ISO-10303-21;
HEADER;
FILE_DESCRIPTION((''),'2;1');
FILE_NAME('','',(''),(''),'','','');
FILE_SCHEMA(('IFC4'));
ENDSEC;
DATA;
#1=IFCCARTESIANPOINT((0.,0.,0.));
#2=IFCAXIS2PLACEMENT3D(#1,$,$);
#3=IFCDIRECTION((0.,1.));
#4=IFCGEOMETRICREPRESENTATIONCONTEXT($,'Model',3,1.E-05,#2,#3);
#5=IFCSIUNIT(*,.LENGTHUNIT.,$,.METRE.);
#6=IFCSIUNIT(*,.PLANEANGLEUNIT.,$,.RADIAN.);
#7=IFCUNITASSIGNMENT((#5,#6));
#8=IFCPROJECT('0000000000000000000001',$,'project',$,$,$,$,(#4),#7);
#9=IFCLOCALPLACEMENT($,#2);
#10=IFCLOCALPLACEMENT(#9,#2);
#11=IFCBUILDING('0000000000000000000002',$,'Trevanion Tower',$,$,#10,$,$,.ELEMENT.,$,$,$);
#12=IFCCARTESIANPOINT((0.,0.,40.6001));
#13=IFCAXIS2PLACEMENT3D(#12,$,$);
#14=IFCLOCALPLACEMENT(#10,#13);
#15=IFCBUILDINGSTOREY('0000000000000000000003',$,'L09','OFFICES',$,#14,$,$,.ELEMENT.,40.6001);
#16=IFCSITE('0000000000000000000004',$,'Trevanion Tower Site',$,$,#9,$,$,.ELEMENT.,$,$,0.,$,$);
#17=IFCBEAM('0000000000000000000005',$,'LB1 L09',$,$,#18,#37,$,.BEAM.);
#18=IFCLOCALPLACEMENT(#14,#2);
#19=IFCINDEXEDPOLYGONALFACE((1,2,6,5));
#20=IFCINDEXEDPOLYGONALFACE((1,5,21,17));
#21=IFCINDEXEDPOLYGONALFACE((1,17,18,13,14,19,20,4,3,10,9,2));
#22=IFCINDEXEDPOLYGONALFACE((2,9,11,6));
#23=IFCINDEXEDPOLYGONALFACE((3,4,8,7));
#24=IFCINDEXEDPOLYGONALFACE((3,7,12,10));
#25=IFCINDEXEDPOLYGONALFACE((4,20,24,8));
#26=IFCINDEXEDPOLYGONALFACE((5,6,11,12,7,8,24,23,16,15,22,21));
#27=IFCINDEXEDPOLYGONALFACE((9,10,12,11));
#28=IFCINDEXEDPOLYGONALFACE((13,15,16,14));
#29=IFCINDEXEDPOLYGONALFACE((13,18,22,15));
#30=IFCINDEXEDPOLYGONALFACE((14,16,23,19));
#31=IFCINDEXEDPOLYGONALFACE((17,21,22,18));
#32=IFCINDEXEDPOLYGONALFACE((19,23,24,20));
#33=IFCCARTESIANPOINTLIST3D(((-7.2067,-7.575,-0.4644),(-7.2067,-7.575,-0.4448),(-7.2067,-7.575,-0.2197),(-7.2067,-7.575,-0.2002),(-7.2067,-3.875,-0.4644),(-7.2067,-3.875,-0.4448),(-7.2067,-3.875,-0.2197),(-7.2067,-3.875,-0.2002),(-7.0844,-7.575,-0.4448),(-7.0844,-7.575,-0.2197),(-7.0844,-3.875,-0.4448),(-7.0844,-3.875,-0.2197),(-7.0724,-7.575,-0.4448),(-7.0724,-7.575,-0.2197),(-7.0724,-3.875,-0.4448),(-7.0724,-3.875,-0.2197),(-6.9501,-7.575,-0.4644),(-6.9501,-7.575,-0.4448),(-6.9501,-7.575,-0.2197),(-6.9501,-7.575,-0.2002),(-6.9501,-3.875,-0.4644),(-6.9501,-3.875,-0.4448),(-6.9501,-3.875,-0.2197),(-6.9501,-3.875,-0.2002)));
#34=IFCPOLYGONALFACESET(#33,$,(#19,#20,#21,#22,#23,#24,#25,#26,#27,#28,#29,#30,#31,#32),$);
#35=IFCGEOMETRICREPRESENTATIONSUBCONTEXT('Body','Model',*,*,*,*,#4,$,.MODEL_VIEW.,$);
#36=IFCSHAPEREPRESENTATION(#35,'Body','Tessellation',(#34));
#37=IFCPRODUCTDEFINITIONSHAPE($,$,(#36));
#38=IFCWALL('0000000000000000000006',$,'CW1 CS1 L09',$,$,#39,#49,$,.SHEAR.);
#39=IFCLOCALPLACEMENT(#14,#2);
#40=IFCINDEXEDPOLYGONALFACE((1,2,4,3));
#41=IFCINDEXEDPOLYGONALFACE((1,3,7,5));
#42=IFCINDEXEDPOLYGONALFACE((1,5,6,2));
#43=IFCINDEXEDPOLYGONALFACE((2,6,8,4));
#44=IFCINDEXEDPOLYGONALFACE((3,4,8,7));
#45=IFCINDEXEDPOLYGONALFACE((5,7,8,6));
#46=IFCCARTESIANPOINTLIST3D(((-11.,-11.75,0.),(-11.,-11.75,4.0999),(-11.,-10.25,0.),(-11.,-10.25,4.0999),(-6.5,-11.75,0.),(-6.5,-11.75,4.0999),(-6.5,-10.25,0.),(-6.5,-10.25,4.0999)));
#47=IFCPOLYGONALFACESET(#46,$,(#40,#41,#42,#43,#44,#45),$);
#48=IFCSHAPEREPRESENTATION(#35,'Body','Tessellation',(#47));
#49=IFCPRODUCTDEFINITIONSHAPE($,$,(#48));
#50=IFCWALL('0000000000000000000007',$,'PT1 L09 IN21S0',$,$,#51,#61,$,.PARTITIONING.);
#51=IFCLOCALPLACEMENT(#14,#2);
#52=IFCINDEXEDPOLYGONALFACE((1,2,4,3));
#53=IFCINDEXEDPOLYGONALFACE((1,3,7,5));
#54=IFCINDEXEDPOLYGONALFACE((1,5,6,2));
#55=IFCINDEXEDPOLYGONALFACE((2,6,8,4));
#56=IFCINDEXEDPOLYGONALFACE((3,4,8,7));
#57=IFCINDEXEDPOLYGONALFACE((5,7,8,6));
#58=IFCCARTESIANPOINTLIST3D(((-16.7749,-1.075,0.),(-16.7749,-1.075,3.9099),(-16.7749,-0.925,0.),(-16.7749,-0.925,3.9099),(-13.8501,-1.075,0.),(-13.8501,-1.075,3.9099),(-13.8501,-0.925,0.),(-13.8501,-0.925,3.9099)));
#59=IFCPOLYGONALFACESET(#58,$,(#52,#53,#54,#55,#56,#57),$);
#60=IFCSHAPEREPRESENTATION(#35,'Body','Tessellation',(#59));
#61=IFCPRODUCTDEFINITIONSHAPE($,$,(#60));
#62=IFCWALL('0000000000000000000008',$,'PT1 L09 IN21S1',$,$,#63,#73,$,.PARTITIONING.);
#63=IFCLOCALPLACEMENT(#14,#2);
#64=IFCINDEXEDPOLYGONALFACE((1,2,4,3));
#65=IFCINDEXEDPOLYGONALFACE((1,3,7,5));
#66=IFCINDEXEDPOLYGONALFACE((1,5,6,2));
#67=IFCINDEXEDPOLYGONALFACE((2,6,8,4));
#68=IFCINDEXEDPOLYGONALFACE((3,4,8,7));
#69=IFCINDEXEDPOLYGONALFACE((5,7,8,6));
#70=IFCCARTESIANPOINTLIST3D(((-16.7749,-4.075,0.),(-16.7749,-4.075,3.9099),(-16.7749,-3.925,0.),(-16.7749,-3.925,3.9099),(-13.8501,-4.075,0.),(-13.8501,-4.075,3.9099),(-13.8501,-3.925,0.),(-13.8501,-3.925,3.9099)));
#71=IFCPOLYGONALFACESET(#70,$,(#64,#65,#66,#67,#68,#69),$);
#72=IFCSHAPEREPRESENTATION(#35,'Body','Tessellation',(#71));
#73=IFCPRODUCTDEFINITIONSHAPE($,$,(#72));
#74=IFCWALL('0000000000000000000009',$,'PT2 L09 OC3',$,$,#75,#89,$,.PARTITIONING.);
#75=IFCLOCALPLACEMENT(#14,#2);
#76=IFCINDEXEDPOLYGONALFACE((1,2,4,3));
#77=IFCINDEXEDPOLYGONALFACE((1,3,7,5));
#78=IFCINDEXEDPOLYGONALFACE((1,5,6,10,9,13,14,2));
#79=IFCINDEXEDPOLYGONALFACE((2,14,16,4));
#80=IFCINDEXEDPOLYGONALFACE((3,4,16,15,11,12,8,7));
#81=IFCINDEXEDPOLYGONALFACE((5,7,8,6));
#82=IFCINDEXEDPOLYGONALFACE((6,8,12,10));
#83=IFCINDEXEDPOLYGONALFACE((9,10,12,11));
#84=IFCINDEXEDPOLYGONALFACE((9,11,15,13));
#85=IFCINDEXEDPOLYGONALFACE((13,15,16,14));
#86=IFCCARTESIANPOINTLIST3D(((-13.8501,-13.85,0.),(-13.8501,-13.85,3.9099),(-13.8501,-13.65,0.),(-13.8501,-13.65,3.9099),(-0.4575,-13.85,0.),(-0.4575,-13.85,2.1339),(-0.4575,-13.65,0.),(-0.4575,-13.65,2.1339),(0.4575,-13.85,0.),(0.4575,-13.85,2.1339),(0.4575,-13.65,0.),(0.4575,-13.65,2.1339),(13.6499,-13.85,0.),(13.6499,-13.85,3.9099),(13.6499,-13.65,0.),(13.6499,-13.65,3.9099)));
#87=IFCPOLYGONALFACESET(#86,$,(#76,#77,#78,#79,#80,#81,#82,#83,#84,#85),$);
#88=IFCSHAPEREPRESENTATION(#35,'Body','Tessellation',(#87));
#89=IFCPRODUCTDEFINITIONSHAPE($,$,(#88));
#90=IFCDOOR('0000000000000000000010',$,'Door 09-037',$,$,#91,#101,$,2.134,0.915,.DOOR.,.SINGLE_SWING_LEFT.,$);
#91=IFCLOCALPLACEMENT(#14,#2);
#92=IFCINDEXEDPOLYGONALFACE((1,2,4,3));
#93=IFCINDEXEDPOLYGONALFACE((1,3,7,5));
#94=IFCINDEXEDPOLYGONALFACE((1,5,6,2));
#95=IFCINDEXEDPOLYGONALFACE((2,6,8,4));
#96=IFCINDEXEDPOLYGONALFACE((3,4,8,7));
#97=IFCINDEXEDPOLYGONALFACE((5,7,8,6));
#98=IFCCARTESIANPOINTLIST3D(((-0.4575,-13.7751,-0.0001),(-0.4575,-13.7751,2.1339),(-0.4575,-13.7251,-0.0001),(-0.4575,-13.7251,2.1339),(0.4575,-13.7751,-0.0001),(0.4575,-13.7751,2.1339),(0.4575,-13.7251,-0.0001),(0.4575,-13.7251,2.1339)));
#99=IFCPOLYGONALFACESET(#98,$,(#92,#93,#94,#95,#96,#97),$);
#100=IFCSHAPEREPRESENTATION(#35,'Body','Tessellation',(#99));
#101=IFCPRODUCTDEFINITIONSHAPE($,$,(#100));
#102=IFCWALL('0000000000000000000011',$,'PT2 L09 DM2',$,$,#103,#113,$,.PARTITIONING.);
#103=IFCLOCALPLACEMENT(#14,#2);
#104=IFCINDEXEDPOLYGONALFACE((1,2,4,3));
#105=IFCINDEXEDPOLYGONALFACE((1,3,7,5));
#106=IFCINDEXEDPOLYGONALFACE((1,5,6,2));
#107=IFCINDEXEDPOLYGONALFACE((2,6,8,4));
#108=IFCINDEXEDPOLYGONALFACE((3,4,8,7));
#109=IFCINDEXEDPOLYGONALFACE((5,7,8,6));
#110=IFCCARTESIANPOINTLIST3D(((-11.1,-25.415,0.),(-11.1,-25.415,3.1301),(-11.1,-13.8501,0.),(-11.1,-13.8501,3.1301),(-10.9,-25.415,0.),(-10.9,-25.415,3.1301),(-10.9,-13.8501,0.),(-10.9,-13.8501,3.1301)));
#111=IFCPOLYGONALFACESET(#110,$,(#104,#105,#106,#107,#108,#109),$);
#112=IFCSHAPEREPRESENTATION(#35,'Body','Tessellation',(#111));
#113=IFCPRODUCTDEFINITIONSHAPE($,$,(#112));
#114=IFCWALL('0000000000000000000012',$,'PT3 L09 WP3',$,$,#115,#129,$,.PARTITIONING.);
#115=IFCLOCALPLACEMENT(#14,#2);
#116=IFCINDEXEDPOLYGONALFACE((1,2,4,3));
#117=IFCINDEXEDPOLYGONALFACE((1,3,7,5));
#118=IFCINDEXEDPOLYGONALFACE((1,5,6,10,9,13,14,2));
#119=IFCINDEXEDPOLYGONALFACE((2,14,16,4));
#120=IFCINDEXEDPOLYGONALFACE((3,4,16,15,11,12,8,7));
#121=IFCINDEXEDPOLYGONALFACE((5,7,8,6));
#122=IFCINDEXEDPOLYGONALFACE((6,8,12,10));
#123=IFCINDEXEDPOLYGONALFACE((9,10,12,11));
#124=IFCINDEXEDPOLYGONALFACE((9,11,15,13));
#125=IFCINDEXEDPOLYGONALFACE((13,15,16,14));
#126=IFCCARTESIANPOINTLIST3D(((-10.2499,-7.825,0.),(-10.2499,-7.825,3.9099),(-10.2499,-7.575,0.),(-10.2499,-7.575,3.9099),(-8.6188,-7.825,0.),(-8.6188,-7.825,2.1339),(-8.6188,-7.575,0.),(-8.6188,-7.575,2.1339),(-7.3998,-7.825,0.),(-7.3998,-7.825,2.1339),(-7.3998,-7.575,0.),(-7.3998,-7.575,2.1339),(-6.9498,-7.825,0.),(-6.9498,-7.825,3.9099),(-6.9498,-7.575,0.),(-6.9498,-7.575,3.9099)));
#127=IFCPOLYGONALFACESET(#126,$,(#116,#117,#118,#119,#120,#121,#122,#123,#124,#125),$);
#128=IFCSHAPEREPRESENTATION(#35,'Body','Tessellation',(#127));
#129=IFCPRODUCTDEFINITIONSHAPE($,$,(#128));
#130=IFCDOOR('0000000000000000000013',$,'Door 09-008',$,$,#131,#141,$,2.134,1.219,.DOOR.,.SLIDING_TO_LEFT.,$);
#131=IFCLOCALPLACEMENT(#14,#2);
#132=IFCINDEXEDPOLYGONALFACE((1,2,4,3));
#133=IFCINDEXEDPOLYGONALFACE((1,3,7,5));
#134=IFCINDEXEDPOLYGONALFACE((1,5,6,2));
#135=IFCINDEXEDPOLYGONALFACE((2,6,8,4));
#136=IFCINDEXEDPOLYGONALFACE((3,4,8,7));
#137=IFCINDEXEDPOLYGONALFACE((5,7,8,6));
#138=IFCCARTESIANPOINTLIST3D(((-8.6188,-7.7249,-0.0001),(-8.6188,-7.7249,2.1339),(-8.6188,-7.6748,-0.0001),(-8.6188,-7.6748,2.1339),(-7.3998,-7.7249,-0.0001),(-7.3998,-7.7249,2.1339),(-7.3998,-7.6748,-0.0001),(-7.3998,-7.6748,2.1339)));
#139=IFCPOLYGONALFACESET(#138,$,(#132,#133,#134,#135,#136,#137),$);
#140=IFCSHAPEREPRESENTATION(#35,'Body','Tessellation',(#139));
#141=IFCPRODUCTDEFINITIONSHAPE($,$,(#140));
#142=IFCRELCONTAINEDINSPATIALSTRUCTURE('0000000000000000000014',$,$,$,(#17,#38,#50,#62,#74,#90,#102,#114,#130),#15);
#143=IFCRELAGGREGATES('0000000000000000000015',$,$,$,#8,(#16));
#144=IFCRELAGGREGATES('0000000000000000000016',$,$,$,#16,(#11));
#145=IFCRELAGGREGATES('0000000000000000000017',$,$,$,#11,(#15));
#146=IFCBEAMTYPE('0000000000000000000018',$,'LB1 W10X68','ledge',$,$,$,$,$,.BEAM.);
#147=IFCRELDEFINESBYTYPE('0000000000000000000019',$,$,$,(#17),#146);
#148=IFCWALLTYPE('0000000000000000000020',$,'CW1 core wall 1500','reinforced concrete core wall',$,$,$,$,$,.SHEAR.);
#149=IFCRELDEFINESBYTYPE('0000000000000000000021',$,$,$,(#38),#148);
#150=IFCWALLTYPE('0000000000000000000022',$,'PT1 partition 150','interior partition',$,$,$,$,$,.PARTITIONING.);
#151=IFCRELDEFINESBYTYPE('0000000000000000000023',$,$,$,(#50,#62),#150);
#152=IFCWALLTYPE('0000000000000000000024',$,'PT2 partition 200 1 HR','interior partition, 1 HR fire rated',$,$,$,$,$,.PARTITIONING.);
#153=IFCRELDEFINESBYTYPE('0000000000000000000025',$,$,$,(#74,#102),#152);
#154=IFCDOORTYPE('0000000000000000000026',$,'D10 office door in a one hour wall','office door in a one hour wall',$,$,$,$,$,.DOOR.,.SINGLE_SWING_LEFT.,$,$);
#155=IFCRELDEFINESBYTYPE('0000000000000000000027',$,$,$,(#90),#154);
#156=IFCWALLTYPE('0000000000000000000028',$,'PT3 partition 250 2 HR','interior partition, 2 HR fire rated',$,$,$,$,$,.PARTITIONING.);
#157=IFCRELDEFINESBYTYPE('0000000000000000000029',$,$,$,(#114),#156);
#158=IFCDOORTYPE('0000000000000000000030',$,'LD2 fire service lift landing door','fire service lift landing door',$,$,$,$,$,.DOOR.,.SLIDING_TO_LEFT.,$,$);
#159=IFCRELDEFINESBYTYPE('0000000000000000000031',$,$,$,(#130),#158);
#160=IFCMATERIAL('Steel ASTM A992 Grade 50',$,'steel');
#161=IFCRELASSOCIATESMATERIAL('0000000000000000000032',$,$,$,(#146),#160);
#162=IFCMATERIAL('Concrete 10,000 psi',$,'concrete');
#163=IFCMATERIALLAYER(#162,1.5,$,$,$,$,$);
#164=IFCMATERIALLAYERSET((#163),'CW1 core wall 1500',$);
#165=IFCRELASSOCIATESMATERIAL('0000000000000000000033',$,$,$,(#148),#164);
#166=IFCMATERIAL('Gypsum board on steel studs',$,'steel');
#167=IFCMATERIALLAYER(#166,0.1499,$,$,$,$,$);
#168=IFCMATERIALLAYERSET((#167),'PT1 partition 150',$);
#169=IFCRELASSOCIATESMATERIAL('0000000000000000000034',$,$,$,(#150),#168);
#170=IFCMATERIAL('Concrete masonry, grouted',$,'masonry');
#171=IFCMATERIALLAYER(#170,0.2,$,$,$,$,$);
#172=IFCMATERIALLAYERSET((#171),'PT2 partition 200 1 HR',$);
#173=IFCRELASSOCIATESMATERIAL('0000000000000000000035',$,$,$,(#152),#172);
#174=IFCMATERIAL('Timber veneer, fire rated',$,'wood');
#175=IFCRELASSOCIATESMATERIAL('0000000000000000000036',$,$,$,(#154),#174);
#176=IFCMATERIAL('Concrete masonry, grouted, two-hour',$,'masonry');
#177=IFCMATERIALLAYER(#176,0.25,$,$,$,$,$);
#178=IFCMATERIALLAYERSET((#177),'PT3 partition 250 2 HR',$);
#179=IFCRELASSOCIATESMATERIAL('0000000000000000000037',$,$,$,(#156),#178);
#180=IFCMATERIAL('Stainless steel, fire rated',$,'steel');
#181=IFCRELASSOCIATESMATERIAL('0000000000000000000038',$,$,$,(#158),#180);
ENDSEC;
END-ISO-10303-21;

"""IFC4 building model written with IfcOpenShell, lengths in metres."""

from ifc_helpers import new_model, si_unit, direction, frame, frame_2d, origin, origin_2d, place, context, subcontext, project, spatial, rectangle, i_section, extrude, material, layer, layer_set, material_profile, profile_set, type_object, element, fill, save


model = new_model("IFC4")

# Units and contexts
model_context = context("Model", 3, precision=1e-05, world=origin(), true_north=direction((0.0, 1.0)))
body_context = subcontext(model_context, "Body", "Model", "MODEL_VIEW")
ifc_project = project(units=[si_unit("LENGTHUNIT", "METRE"), si_unit("PLANEANGLEUNIT", "RADIAN")], contexts=[model_context])

# Site, building, storey
site_placement = place(None, origin())
site = spatial("IfcSite", under=ifc_project, at=site_placement, Name="Trevanion Tower Site", CompositionType="ELEMENT", RefElevation=0.0)
building_placement = place(site_placement, origin())
building = spatial("IfcBuilding", under=site, at=building_placement, Name="Trevanion Tower", CompositionType="ELEMENT")
storey_placement = place(building_placement, frame((0.0, 0.0, 40.6001)))
storey = spatial("IfcBuildingStorey", under=building, at=storey_placement, Name="L09", Description="OFFICES", CompositionType="ELEMENT", Elevation=40.6001)

# Beam
ifc_material_1 = material(Name="Steel ASTM A992 Grade 50", Category="steel")
ifc_material_profile_1 = material_profile(ifc_material_1, i_section(OverallWidth=0.2566, OverallDepth=0.2642, WebThickness=0.012, FlangeThickness=0.0195, at=origin_2d()), Name="W10X68")
ifc_profile_set_1 = profile_set([ifc_material_profile_1], Name="Steel ASTM A992 Grade 50")
beam_type_1 = type_object("IfcBeamType", Name="LB1 W10X68", Description="ledge", PredefinedType="BEAM", material=ifc_profile_set_1)
for number, where, z_axis, x_axis, name in (
    (1, (-7.0784, -7.575, -0.3323), (0.0, 1.0, 0.0), (-1.0, 0.0, 0.0), "LB1 L09"),
):
    element("IfcBeam", number, at=place(storey_placement, frame(where, z_axis=z_axis, x_axis=x_axis)), inside=storey, type_object=beam_type_1, Name=name, PredefinedType="BEAM", context=body_context, shape_type="SweptSolid", body=[
        extrude(i_section(OverallWidth=0.2566, OverallDepth=0.2642, WebThickness=0.012, FlangeThickness=0.0195, at=origin_2d()), origin(), (0.0, 0.0, 1.0), 3.7),
    ])

# Walls
ifc_material_2 = material(Name="Concrete 10,000 psi", Category="concrete")
ifc_layer_1 = layer(ifc_material_2, 1.5)
ifc_layer_set_1 = layer_set([ifc_layer_1], Name="CW1 core wall 1500")
wall_type_1 = type_object("IfcWallType", Name="CW1 core wall 1500", Description="reinforced concrete core wall", PredefinedType="SHEAR", material=ifc_layer_set_1)
wall_1_placement = place(storey_placement, frame((-11.0, -11.0, 0.0), z_axis=(0.0, 0.0, 1.0), x_axis=(1.0, 0.0, 0.0)))
element("IfcWall", 2, at=wall_1_placement, inside=storey, type_object=wall_type_1, Name="CW1 CS1 L09", PredefinedType="SHEAR", context=body_context, shape_type="SweptSolid", body=[
    extrude(rectangle(XDim=4.5, YDim=1.5, at=frame_2d((2.25, 0.0))), origin(), (0.0, 0.0, 1.0), 4.0999),
])
ifc_material_3 = material(Name="Gypsum board on steel studs", Category="steel")
ifc_layer_2 = layer(ifc_material_3, 0.1499)
ifc_layer_set_2 = layer_set([ifc_layer_2], Name="PT1 partition 150")
wall_type_2 = type_object("IfcWallType", Name="PT1 partition 150", Description="interior partition", PredefinedType="PARTITIONING", material=ifc_layer_set_2)
for number, where, z_axis, x_axis, name in (
    (3, (-16.7749, -1.0, 0.0), (0.0, 0.0, 1.0), (1.0, 0.0, 0.0), "PT1 L09 IN21S0"),
    (4, (-16.7749, -4.0, 0.0), (0.0, 0.0, 1.0), (1.0, 0.0, 0.0), "PT1 L09 IN21S1"),
):
    element("IfcWall", number, at=place(storey_placement, frame(where, z_axis=z_axis, x_axis=x_axis)), inside=storey, type_object=wall_type_2, Name=name, PredefinedType="PARTITIONING", context=body_context, shape_type="SweptSolid", body=[
        extrude(rectangle(XDim=2.9248, YDim=0.1499, at=frame_2d((1.4624, 0.0))), origin(), (0.0, 0.0, 1.0), 3.9099),
    ])

# Wall, opening, door
ifc_material_4 = material(Name="Concrete masonry, grouted", Category="masonry")
ifc_layer_3 = layer(ifc_material_4, 0.2)
ifc_layer_set_3 = layer_set([ifc_layer_3], Name="PT2 partition 200 1 HR")
wall_type_3 = type_object("IfcWallType", Name="PT2 partition 200 1 HR", Description="interior partition, 1 HR fire rated", PredefinedType="PARTITIONING", material=ifc_layer_set_3)
wall_2_placement = place(storey_placement, frame((-13.8501, -13.75, 0.0), z_axis=(0.0, 0.0, 1.0), x_axis=(1.0, 0.0, 0.0)))
wall_2 = element("IfcWall", 5, at=wall_2_placement, inside=storey, type_object=wall_type_3, Name="PT2 L09 OC3", PredefinedType="PARTITIONING", context=body_context, shape_type="SweptSolid", body=[
    extrude(rectangle(XDim=27.5, YDim=0.2, at=frame_2d((13.75, 0.0))), origin(), (0.0, 0.0, 1.0), 3.9099),
])
opening_1_placement = place(wall_2_placement, frame((13.3926, 0.0, 0.0)))
opening_1 = element("IfcOpeningElement", 6, at=opening_1_placement, cuts=wall_2, PredefinedType="OPENING", context=body_context, shape_type="SweptSolid", body=[
    extrude(rectangle(XDim=0.915, YDim=2.134, at=frame_2d((0.4575, 1.0669))), frame((0.0, 0.1099, 0.0), z_axis=(0.0, -1.0, 0.0), x_axis=(1.0, 0.0, 0.0)), (0.0, 0.0, 1.0), 0.22),
])
ifc_material_5 = material(Name="Timber veneer, fire rated", Category="wood")
door_type_1 = type_object("IfcDoorType", Name="D10 office door in a one hour wall", Description="office door in a one hour wall", OperationType="SINGLE_SWING_LEFT", PredefinedType="DOOR", material=ifc_material_5)
door_1_placement = place(opening_1_placement, origin())
door_1 = element("IfcDoor", 7, at=door_1_placement, inside=storey, type_object=door_type_1, Name="Door 09-037", OperationType="SINGLE_SWING_LEFT", OverallHeight=2.134, OverallWidth=0.915, PredefinedType="DOOR", context=body_context, shape_type="SweptSolid", body=[
    extrude(rectangle(XDim=0.915, YDim=2.134, at=frame_2d((0.4575, 1.0669))), frame((0.0, 0.0249, 0.0), z_axis=(0.0, -1.0, 0.0), x_axis=(1.0, 0.0, 0.0)), (0.0, 0.0, 1.0), 0.05),
])
fill(opening_1, door_1)

# Wall
wall_3_placement = place(storey_placement, frame((-11.0, -13.8501, 0.0), z_axis=(0.0, 0.0, 1.0), x_axis=(0.0, -1.0, 0.0)))
element("IfcWall", 8, at=wall_3_placement, inside=storey, type_object=wall_type_3, Name="PT2 L09 DM2", PredefinedType="PARTITIONING", context=body_context, shape_type="SweptSolid", body=[
    extrude(rectangle(XDim=11.5649, YDim=0.2, at=frame_2d((5.7825, 0.0))), origin(), (0.0, 0.0, 1.0), 3.1301),
])

# Wall, opening, door
ifc_material_6 = material(Name="Concrete masonry, grouted, two-hour", Category="masonry")
ifc_layer_4 = layer(ifc_material_6, 0.25)
ifc_layer_set_4 = layer_set([ifc_layer_4], Name="PT3 partition 250 2 HR")
wall_type_4 = type_object("IfcWallType", Name="PT3 partition 250 2 HR", Description="interior partition, 2 HR fire rated", PredefinedType="PARTITIONING", material=ifc_layer_set_4)
wall_4_placement = place(storey_placement, frame((-6.95, -7.7, 0.0), z_axis=(0.0, 0.0, 1.0), x_axis=(-1.0, 0.0, 0.0)))
wall_4 = element("IfcWall", 9, at=wall_4_placement, inside=storey, type_object=wall_type_4, Name="PT3 L09 WP3", PredefinedType="PARTITIONING", context=body_context, shape_type="SweptSolid", body=[
    extrude(rectangle(XDim=3.3, YDim=0.25, at=frame_2d((1.6499, 0.0))), origin(), (0.0, 0.0, 1.0), 3.9099),
])
opening_2_placement = place(wall_4_placement, frame((0.45, 0.0, 0.0)))
opening_2 = element("IfcOpeningElement", 10, at=opening_2_placement, cuts=wall_4, PredefinedType="OPENING", context=body_context, shape_type="SweptSolid", body=[
    extrude(rectangle(XDim=1.219, YDim=2.134, at=frame_2d((0.6094, 1.0669))), frame((0.0, 0.135, 0.0), z_axis=(0.0, -1.0, 0.0), x_axis=(1.0, 0.0, 0.0)), (0.0, 0.0, 1.0), 0.27),
])
ifc_material_7 = material(Name="Stainless steel, fire rated", Category="steel")
door_type_2 = type_object("IfcDoorType", Name="LD2 fire service lift landing door", Description="fire service lift landing door", OperationType="SLIDING_TO_LEFT", PredefinedType="DOOR", material=ifc_material_7)
door_2_placement = place(opening_2_placement, origin())
door_2 = element("IfcDoor", 11, at=door_2_placement, inside=storey, type_object=door_type_2, Name="Door 09-008", OperationType="SLIDING_TO_LEFT", OverallHeight=2.134, OverallWidth=1.219, PredefinedType="DOOR", context=body_context, shape_type="SweptSolid", body=[
    extrude(rectangle(XDim=1.219, YDim=2.134, at=frame_2d((0.6094, 1.0669))), frame((0.0, 0.0249, 0.0), z_axis=(0.0, -1.0, 0.0), x_axis=(1.0, 0.0, 0.0)), (0.0, 0.0, 1.0), 0.05),
])
fill(opening_2, door_2)

save(model, "model.ifc")
